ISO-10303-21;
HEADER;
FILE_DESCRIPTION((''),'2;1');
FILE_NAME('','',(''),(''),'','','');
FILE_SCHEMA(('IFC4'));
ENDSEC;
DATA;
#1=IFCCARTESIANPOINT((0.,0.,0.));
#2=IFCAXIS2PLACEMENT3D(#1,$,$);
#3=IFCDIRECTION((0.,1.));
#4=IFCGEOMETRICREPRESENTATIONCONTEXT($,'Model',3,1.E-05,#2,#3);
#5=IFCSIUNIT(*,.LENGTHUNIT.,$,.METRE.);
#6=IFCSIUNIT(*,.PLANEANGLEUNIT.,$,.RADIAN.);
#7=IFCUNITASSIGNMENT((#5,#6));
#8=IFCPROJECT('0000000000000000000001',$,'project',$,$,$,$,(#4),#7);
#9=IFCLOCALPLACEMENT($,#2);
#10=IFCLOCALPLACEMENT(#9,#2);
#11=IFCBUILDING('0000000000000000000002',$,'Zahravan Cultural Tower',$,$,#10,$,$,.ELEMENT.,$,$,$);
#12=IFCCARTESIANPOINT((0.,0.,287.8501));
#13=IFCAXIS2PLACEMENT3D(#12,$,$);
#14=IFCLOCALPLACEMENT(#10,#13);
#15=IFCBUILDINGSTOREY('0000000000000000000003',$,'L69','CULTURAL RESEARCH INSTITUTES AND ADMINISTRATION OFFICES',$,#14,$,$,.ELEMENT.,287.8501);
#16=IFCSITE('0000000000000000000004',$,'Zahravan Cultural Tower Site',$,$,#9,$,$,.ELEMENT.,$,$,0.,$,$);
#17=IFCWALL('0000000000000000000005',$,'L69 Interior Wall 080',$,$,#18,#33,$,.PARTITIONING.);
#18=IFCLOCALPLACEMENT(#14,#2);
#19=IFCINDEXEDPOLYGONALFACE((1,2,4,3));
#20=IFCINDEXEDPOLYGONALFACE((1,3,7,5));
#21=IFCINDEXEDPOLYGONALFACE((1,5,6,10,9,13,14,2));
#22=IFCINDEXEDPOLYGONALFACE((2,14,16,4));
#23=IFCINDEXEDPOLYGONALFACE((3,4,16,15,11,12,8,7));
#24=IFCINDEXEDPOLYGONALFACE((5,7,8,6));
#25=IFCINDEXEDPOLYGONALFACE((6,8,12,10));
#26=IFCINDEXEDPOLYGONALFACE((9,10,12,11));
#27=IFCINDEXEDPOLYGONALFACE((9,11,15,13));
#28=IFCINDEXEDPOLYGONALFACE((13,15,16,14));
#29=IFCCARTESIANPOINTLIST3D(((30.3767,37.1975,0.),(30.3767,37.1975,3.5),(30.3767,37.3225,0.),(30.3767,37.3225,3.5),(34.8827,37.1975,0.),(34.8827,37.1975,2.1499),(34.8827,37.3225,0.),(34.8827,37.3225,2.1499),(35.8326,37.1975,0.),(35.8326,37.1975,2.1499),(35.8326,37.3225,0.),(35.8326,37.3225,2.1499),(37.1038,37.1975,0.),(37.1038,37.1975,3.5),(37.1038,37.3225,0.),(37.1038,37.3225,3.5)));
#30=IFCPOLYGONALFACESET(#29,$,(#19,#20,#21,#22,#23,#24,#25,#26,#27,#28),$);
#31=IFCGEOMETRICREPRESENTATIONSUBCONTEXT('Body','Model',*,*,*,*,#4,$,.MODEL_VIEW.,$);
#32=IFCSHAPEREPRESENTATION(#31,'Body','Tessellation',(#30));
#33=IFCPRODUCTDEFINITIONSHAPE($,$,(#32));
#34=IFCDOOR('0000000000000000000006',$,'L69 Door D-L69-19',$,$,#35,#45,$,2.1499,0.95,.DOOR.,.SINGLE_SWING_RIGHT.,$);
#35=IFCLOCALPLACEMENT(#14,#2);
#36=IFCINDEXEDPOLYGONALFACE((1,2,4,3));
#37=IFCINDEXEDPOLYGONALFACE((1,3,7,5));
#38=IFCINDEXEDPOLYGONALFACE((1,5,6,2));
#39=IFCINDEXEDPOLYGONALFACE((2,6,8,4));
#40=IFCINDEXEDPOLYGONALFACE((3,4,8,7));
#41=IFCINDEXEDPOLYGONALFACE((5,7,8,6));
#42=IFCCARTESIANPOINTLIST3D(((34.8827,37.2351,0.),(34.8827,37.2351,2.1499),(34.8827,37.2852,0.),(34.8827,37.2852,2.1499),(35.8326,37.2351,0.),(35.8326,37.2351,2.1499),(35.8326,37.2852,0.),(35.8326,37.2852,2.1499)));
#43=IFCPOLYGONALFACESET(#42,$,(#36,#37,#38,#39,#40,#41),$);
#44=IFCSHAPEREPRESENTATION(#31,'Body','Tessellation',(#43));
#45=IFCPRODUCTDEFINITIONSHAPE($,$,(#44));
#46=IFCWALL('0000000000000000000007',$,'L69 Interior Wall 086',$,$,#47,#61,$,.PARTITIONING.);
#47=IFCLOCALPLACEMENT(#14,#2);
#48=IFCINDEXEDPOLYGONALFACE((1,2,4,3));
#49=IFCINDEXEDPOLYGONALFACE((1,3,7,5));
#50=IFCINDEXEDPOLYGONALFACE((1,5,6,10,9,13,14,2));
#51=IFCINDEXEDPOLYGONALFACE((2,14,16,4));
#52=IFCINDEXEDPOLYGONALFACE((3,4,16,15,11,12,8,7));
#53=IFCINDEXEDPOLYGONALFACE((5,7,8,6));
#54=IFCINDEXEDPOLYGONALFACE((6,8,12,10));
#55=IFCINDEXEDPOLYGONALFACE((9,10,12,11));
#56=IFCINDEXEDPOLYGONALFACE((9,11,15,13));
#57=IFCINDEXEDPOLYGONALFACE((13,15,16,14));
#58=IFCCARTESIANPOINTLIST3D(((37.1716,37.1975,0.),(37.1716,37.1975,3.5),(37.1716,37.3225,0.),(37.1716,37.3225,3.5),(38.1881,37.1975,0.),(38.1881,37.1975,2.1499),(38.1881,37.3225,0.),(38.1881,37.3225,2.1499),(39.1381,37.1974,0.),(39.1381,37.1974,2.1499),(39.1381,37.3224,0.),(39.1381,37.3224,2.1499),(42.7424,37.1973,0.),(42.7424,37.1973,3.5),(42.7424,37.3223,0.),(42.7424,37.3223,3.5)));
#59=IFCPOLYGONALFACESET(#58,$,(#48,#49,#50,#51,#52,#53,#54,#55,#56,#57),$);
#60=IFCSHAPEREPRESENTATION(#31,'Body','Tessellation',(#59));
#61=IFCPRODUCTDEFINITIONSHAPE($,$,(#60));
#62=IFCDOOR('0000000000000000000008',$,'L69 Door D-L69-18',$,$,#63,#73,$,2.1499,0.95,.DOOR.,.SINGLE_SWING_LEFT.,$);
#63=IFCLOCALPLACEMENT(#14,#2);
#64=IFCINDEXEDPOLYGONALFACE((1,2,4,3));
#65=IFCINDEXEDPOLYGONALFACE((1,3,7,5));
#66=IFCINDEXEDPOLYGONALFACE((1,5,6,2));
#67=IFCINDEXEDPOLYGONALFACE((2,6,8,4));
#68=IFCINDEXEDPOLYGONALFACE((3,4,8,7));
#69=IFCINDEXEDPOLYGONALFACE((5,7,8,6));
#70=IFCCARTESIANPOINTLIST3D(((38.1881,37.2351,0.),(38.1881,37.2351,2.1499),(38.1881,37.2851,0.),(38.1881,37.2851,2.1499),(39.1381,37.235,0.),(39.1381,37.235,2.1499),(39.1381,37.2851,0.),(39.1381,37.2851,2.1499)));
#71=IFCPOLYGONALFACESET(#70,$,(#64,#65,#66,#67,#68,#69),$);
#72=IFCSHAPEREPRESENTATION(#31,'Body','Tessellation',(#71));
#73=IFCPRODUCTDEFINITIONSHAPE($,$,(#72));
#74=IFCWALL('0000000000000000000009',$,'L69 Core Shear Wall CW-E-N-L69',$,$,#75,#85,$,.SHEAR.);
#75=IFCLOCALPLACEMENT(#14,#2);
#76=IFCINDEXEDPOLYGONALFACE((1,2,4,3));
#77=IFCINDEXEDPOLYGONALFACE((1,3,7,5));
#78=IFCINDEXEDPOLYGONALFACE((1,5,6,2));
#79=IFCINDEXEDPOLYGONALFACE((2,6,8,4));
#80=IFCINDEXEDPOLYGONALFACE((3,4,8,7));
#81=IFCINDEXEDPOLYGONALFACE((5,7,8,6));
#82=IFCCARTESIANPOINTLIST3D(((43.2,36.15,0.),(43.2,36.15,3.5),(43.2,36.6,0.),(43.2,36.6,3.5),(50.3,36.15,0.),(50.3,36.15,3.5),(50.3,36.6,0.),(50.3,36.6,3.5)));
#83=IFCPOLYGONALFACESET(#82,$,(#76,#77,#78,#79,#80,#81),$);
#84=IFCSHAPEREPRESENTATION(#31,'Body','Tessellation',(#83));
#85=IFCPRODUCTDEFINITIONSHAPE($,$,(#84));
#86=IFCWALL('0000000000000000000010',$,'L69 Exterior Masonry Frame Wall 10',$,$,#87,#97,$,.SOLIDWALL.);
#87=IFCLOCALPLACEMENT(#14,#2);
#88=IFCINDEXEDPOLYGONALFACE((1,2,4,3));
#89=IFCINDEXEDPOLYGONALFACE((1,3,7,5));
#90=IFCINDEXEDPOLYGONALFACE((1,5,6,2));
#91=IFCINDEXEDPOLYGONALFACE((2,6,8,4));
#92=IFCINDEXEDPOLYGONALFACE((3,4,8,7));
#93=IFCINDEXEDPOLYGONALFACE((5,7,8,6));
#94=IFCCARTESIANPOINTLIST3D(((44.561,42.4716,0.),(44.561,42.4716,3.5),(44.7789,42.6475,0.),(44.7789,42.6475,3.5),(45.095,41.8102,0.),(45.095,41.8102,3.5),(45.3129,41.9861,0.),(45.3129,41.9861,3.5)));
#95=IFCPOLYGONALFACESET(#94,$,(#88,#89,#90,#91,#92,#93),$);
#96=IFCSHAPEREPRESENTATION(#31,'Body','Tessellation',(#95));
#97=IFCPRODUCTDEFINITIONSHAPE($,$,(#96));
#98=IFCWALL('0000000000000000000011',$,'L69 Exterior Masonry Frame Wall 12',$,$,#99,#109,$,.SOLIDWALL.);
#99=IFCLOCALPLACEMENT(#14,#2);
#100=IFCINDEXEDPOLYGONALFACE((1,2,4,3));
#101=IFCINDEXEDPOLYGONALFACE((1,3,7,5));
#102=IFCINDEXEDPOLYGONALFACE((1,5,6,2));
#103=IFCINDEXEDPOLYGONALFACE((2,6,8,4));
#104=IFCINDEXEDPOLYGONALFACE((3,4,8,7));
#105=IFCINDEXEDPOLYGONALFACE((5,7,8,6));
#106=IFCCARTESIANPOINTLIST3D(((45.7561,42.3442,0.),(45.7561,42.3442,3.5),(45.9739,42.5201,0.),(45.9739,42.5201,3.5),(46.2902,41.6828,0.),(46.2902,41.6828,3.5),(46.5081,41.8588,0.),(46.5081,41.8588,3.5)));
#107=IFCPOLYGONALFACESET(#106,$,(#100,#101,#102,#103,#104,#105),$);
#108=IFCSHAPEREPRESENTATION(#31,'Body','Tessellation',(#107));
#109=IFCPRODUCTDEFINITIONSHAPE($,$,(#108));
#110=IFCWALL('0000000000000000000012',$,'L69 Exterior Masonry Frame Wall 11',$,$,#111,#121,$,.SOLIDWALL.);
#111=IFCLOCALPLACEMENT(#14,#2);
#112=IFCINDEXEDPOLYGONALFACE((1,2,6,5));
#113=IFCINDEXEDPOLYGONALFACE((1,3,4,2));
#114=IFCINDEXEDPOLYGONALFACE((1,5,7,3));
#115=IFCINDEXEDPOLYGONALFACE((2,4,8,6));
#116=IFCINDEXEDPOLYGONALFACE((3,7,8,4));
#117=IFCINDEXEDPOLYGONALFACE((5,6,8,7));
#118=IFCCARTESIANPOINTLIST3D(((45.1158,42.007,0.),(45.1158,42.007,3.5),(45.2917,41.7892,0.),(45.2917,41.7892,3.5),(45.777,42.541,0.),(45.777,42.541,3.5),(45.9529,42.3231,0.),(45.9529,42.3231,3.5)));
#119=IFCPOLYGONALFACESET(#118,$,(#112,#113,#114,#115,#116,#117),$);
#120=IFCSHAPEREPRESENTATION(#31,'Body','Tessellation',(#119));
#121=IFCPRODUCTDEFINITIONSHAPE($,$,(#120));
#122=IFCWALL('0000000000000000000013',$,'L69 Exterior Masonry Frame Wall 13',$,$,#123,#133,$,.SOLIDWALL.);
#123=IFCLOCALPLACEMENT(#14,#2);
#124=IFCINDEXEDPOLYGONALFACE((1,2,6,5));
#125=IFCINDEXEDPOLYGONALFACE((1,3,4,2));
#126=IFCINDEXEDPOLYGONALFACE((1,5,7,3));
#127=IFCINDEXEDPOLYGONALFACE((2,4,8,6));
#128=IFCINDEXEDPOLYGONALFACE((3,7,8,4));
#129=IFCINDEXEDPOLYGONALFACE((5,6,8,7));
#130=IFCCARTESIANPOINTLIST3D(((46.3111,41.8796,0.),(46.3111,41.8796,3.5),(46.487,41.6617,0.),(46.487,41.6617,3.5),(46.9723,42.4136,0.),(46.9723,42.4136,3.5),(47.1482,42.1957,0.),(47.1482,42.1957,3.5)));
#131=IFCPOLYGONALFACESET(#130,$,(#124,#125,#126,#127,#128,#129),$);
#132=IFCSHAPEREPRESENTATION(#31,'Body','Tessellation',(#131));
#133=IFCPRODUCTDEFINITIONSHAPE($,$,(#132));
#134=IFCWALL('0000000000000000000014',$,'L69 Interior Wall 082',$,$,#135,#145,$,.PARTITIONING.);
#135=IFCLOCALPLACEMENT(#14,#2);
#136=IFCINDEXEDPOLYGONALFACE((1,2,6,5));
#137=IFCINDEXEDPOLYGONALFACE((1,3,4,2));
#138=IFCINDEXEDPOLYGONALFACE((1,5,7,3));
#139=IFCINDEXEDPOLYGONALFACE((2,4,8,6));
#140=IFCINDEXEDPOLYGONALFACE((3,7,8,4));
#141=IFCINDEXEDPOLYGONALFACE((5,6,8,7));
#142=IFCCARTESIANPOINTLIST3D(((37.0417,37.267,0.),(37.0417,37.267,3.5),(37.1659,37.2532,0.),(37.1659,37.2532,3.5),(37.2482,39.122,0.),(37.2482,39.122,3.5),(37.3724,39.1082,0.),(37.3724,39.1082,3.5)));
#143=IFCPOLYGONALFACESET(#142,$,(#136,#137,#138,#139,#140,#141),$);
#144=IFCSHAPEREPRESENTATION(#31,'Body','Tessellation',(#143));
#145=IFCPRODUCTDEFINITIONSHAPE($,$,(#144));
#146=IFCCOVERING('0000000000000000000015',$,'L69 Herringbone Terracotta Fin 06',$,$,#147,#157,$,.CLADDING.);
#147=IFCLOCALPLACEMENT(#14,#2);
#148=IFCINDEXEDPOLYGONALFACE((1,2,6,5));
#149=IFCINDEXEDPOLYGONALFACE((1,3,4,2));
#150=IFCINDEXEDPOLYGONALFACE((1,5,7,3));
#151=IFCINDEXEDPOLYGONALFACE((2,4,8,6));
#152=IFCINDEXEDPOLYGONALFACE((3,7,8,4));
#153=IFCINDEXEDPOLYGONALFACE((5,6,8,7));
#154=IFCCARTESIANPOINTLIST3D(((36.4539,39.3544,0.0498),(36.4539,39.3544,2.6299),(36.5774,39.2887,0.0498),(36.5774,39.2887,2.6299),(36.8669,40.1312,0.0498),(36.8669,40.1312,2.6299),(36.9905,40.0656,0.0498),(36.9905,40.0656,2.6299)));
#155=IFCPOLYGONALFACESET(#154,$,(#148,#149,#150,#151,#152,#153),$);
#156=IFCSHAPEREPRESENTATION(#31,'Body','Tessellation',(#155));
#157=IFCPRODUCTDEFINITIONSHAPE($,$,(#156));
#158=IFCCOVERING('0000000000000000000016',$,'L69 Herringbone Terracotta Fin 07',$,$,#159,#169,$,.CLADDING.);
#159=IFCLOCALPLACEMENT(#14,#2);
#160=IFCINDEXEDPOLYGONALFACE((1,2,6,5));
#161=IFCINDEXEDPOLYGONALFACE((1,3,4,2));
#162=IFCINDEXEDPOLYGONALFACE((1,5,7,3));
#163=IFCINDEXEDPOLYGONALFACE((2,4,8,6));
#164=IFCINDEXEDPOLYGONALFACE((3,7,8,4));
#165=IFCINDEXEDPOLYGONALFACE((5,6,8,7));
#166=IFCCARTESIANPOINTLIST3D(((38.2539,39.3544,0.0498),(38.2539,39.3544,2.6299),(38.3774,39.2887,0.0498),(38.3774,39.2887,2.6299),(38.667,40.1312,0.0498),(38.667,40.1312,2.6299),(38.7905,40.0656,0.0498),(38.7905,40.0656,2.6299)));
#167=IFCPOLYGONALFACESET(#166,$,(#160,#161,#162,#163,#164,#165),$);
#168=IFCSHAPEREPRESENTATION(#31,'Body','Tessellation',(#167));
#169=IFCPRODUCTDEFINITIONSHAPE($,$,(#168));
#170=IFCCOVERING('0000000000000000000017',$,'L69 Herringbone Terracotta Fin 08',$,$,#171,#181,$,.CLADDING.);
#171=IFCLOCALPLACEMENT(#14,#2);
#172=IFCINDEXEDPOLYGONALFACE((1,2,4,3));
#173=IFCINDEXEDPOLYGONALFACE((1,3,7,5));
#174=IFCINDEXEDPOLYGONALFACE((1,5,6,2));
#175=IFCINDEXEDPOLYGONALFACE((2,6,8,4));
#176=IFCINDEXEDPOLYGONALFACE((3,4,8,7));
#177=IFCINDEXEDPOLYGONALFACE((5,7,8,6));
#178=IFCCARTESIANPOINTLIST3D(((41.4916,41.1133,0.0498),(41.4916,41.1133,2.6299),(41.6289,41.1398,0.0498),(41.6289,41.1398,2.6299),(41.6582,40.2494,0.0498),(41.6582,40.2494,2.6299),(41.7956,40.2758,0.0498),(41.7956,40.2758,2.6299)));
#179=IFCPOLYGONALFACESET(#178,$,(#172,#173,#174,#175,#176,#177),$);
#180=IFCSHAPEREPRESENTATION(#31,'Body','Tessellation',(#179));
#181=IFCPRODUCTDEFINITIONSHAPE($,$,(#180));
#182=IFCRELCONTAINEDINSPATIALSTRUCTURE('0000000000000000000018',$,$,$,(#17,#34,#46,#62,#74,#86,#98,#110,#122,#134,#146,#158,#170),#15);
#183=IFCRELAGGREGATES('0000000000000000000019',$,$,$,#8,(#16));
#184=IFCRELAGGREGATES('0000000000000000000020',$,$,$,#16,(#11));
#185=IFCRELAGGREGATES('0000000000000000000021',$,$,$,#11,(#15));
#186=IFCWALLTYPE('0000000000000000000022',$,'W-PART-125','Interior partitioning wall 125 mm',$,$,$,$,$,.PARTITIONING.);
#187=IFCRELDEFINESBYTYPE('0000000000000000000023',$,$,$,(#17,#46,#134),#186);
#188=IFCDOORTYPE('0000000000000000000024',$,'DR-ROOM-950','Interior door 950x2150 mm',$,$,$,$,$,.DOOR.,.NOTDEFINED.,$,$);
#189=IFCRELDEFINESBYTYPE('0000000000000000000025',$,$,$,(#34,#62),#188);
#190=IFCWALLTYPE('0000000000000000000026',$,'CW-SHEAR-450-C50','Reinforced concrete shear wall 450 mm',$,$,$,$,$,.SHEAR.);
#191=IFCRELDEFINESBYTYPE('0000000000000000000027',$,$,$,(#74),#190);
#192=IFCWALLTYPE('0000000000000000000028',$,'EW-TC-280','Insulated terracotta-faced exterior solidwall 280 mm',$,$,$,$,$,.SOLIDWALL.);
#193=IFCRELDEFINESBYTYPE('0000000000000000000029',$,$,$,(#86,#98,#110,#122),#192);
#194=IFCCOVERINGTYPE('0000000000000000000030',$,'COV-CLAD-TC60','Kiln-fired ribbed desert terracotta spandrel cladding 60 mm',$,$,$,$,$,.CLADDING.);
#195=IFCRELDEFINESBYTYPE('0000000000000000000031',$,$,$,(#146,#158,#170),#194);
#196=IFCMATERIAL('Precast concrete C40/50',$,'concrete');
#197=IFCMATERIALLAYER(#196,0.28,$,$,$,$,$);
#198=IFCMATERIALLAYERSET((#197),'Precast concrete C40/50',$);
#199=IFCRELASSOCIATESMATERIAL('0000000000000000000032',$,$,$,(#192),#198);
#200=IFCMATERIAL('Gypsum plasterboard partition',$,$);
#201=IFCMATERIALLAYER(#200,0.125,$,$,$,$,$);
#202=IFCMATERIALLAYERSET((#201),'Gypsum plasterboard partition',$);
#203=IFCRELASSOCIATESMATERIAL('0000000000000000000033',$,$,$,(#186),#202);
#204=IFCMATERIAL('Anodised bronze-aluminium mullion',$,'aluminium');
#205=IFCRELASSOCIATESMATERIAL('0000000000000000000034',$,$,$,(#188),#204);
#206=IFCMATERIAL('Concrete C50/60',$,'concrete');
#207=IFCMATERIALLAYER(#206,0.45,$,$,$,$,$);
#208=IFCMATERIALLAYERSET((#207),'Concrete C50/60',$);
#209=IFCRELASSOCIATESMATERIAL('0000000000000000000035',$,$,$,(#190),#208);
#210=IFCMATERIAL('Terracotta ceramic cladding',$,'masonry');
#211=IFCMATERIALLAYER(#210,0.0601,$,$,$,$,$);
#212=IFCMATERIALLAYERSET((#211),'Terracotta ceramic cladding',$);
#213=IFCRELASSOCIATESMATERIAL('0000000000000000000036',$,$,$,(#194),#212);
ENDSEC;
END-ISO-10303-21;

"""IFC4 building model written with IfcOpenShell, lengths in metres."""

from ifc_helpers import new_model, si_unit, direction, frame, frame_2d, origin, origin_2d, place, context, subcontext, project, spatial, rectangle, extrude, source, transform, mapped, material, layer, layer_set, type_object, element, fill, save


model = new_model("IFC4")

# Units and contexts
model_context = context("Model", 3, precision=1e-05, world=origin(), true_north=direction((0.0, 1.0)))
body_context = subcontext(model_context, "Body", "Model", "MODEL_VIEW")
ifc_project = project(units=[si_unit("LENGTHUNIT", "METRE"), si_unit("PLANEANGLEUNIT", "RADIAN")], contexts=[model_context])

# Site, building, storey
site_placement = place(None, origin())
site = spatial("IfcSite", under=ifc_project, at=site_placement, Name="Zahravan Cultural Tower Site", CompositionType="ELEMENT", RefElevation=0.0)
building_placement = place(site_placement, origin())
building = spatial("IfcBuilding", under=site, at=building_placement, Name="Zahravan Cultural Tower", CompositionType="ELEMENT")
storey_placement = place(building_placement, frame((0.0, 0.0, 287.8501)))
storey = spatial("IfcBuildingStorey", under=building, at=storey_placement, Name="L69", Description="CULTURAL RESEARCH INSTITUTES AND ADMINISTRATION OFFICES", CompositionType="ELEMENT", Elevation=287.8501)

# Shared definitions
ifc_material_1 = material(Name="Concrete C50/60", Category="concrete")

# Shared definitions
ifc_material_2 = material(Name="Precast concrete C40/50", Category="concrete")
ifc_layer_1 = layer(ifc_material_2, 0.28)
ifc_layer_set_1 = layer_set([ifc_layer_1], Name="Precast concrete C40/50")
wall_type_1 = type_object("IfcWallType", Name="EW-TC-280", Description="Insulated terracotta-faced exterior solidwall 280 mm", PredefinedType="SOLIDWALL", material=ifc_layer_set_1)

# Walls, openings, doors
ifc_material_3 = material(Name="Gypsum plasterboard partition")
ifc_layer_2 = layer(ifc_material_3, 0.125)
ifc_layer_set_2 = layer_set([ifc_layer_2], Name="Gypsum plasterboard partition")
wall_type_2 = type_object("IfcWallType", Name="W-PART-125", Description="Interior partitioning wall 125 mm", PredefinedType="PARTITIONING", material=ifc_layer_set_2)
wall_1_placement = place(storey_placement, frame((37.1038, 37.26, 0.0), z_axis=(0.0, 0.0, 1.0), x_axis=(-1.0, 0.0, 0.0)))
wall_1 = element("IfcWall", 1, at=wall_1_placement, inside=storey, type_object=wall_type_2, Name="L69 Interior Wall 080", PredefinedType="PARTITIONING", context=body_context, shape_type="SweptSolid", body=[
    extrude(rectangle(XDim=6.7271, YDim=0.125, at=frame_2d((3.3635, 0.0))), origin(), (0.0, 0.0, 1.0), 3.5),
])
opening_1_placement = place(wall_1_placement, frame((1.271, 0.0, 0.0)))
opening_1 = element("IfcOpeningElement", 2, at=opening_1_placement, cuts=wall_1, PredefinedType="OPENING", context=body_context, shape_type="SweptSolid", body=[
    extrude(rectangle(XDim=0.95, YDim=2.1499, at=frame_2d((0.4751, 1.075))), frame((0.0, 0.0725, 0.0), z_axis=(0.0, -1.0, 0.0), x_axis=(1.0, 0.0, 0.0)), (0.0, 0.0, 1.0), 0.145),
])
ifc_material_4 = material(Name="Anodised bronze-aluminium mullion", Category="aluminium")
door_type = type_object("IfcDoorType", Name="DR-ROOM-950", Description="Interior door 950x2150 mm", OperationType="NOTDEFINED", PredefinedType="DOOR", material=ifc_material_4)
shared_shape_1 = source(origin(), body_context, "Body", "SweptSolid", [
    extrude(rectangle(XDim=0.95, YDim=2.1499, at=frame_2d((0.4751, 1.075))), frame((0.0, 0.0249, 0.0), z_axis=(0.0, -1.0, 0.0), x_axis=(1.0, 0.0, 0.0)), (0.0, 0.0, 1.0), 0.05),
])
door_1_placement = place(opening_1_placement, origin())
door_1 = element("IfcDoor", 3, at=door_1_placement, inside=storey, type_object=door_type, Name="L69 Door D-L69-19", OperationType="SINGLE_SWING_RIGHT", OverallHeight=2.1499, OverallWidth=0.95, PredefinedType="DOOR", context=body_context, shape_type="MappedRepresentation", body=[
    mapped(shared_shape_1, transform((0.0, 0.0, 0.0), x_axis=(1.0, 0.0, 0.0), y_axis=(0.0, 1.0, 0.0), z_axis=(0.0, 0.0, 1.0), scale=1.0)),
])
fill(opening_1, door_1)
wall_2_placement = place(storey_placement, frame((42.7424, 37.2598, 0.0), z_axis=(0.0, 0.0, 1.0), x_axis=(-1.0, 0.000044, 0.0)))
wall_2 = element("IfcWall", 4, at=wall_2_placement, inside=storey, type_object=wall_type_2, Name="L69 Interior Wall 086", PredefinedType="PARTITIONING", context=body_context, shape_type="SweptSolid", body=[
    extrude(rectangle(XDim=5.5708, YDim=0.125, at=frame_2d((2.7854, 0.0))), origin(), (0.0, 0.0, 1.0), 3.5),
])
opening_2_placement = place(wall_2_placement, frame((3.6042, 0.0, 0.0)))
opening_2 = element("IfcOpeningElement", 5, at=opening_2_placement, cuts=wall_2, PredefinedType="OPENING", context=body_context, shape_type="SweptSolid", body=[
    extrude(rectangle(XDim=0.95, YDim=2.1499, at=frame_2d((0.4751, 1.075))), frame((0.0, 0.0725, 0.0), z_axis=(0.0, -1.0, 0.0), x_axis=(1.0, 0.0, 0.0)), (0.0, 0.0, 1.0), 0.145),
])
door_2_placement = place(opening_2_placement, origin())
door_2 = element("IfcDoor", 6, at=door_2_placement, inside=storey, type_object=door_type, Name="L69 Door D-L69-18", OperationType="SINGLE_SWING_LEFT", OverallHeight=2.1499, OverallWidth=0.95, PredefinedType="DOOR", context=body_context, shape_type="MappedRepresentation", body=[
    mapped(shared_shape_1, transform((0.0, 0.0, 0.0), x_axis=(1.0, 0.0, 0.0), y_axis=(0.0, 1.0, 0.0), z_axis=(0.0, 0.0, 1.0), scale=1.0)),
])
fill(opening_2, door_2)

# Walls
ifc_layer_3 = layer(ifc_material_1, 0.45)
ifc_layer_set_3 = layer_set([ifc_layer_3], Name="Concrete C50/60")
wall_type_3 = type_object("IfcWallType", Name="CW-SHEAR-450-C50", Description="Reinforced concrete shear wall 450 mm", PredefinedType="SHEAR", material=ifc_layer_set_3)
shared_shape_2 = source(origin(), body_context, "Body", "SweptSolid", [
    extrude(rectangle(XDim=7.1001, YDim=0.45, at=frame_2d((3.55, 0.0))), origin(), (0.0, 0.0, 1.0), 3.5),
])
wall_3_placement = place(storey_placement, frame((43.2, 36.375, 0.0), z_axis=(0.0, 0.0, 1.0), x_axis=(1.0, 0.0, 0.0)))
element("IfcWall", 7, at=wall_3_placement, inside=storey, type_object=wall_type_3, Name="L69 Core Shear Wall CW-E-N-L69", PredefinedType="SHEAR", context=body_context, shape_type="MappedRepresentation", body=[
    mapped(shared_shape_2, transform((0.0, 0.0, 0.0), x_axis=(1.0, 0.0, 0.0), y_axis=(0.0, 1.0, 0.0), z_axis=(0.0, 0.0, 1.0), scale=1.0)),
])
shared_shape_3 = source(origin(), body_context, "Body", "SweptSolid", [
    extrude(rectangle(XDim=0.8501, YDim=0.28, at=frame_2d((0.425, 0.0))), origin(), (0.0, 0.0, 1.0), 3.5),
])
for number, where, z_axis, x_axis, name in (
    (8, (44.6699, 42.5596, 0.0), (0.0, 0.0, 1.0), (0.628157, -0.778087, 0.0), "L69 Exterior Masonry Frame Wall 10"),
    (9, (45.865, 42.4321, 0.0), (0.0, 0.0, 1.0), (0.62833, -0.777947, 0.0), "L69 Exterior Masonry Frame Wall 12"),
):
    element("IfcWall", number, at=place(storey_placement, frame(where, z_axis=z_axis, x_axis=x_axis)), inside=storey, type_object=wall_type_1, Name=name, PredefinedType="SOLIDWALL", context=body_context, shape_type="MappedRepresentation", body=[
        mapped(shared_shape_3, transform((0.0, 0.0, 0.0), x_axis=(1.0, 0.0, 0.0), y_axis=(0.0, 1.0, 0.0), z_axis=(0.0, 0.0, 1.0), scale=1.0)),
    ])
shared_shape_4 = source(origin(), body_context, "Body", "SweptSolid", [
    extrude(rectangle(XDim=0.8499, YDim=0.28, at=frame_2d((0.4248, 0.0))), origin(), (0.0, 0.0, 1.0), 3.5),
])
for number, where, z_axis, x_axis, name in (
    (10, (45.2039, 41.8982, 0.0), (0.0, 0.0, 1.0), (0.777974, 0.628297, 0.0), "L69 Exterior Masonry Frame Wall 11"),
    (11, (46.3992, 41.7708, 0.0), (0.0, 0.0, 1.0), (0.777974, 0.628297, 0.0), "L69 Exterior Masonry Frame Wall 13"),
):
    element("IfcWall", number, at=place(storey_placement, frame(where, z_axis=z_axis, x_axis=x_axis)), inside=storey, type_object=wall_type_1, Name=name, PredefinedType="SOLIDWALL", context=body_context, shape_type="MappedRepresentation", body=[
        mapped(shared_shape_4, transform((0.0, 0.0, 0.0), x_axis=(1.0, 0.0, 0.0), y_axis=(0.0, 1.0, 0.0), z_axis=(0.0, 0.0, 1.0), scale=1.0)),
    ])
shared_shape_5 = source(origin(), body_context, "Body", "SweptSolid", [
    extrude(rectangle(XDim=1.8665, YDim=0.125, at=frame_2d((0.9331, 0.0))), origin(), (0.0, 0.0, 1.0), 3.5),
])
wall_4_placement = place(storey_placement, frame((37.3103, 39.115, 0.0), z_axis=(0.0, 0.0, 1.0), x_axis=(-0.110661, -0.993858, 0.0)))
element("IfcWall", 12, at=wall_4_placement, inside=storey, type_object=wall_type_2, Name="L69 Interior Wall 082", PredefinedType="PARTITIONING", context=body_context, shape_type="MappedRepresentation", body=[
    mapped(shared_shape_5, transform((0.0, 0.0, 0.0), x_axis=(1.0, 0.0, 0.0), y_axis=(0.0, 1.0, 0.0), z_axis=(0.0, 0.0, 1.0), scale=1.0)),
])

# Coverings
ifc_material_5 = material(Name="Terracotta ceramic cladding", Category="masonry")
ifc_layer_4 = layer(ifc_material_5, 0.0601)
ifc_layer_set_4 = layer_set([ifc_layer_4], Name="Terracotta ceramic cladding")
covering_type = type_object("IfcCoveringType", Name="COV-CLAD-TC60", Description="Kiln-fired ribbed desert terracotta spandrel cladding 60 mm", PredefinedType="CLADDING", material=ifc_layer_set_4)
shared_shape_6 = source(origin(), body_context, "Body", "SweptSolid", [
    extrude(rectangle(XDim=0.8799, YDim=0.1399, at=origin_2d()), origin(), (0.0, 0.0, 1.0), 2.5801),
])
for number, where, z_axis, x_axis, name in (
    (13, (36.7222, 39.71, 0.0498), (0.0, 0.0, 1.0), (0.469472, 0.882948, 0.0), "L69 Herringbone Terracotta Fin 06"),
    (14, (38.5222, 39.71, 0.0498), (0.0, 0.0, 1.0), (0.469472, 0.882948, 0.0), "L69 Herringbone Terracotta Fin 07"),
    (15, (41.6436, 40.6946, 0.0498), (0.0, 0.0, 1.0), (-0.189387, 0.981903, 0.0), "L69 Herringbone Terracotta Fin 08"),
):
    element("IfcCovering", number, at=place(storey_placement, frame(where, z_axis=z_axis, x_axis=x_axis)), inside=storey, type_object=covering_type, Name=name, PredefinedType="CLADDING", context=body_context, shape_type="MappedRepresentation", body=[
        mapped(shared_shape_6, transform((0.0, 0.0, 0.0), x_axis=(1.0, 0.0, 0.0), y_axis=(0.0, 1.0, 0.0), z_axis=(0.0, 0.0, 1.0), scale=1.0)),
    ])

save(model, "model.ifc")
